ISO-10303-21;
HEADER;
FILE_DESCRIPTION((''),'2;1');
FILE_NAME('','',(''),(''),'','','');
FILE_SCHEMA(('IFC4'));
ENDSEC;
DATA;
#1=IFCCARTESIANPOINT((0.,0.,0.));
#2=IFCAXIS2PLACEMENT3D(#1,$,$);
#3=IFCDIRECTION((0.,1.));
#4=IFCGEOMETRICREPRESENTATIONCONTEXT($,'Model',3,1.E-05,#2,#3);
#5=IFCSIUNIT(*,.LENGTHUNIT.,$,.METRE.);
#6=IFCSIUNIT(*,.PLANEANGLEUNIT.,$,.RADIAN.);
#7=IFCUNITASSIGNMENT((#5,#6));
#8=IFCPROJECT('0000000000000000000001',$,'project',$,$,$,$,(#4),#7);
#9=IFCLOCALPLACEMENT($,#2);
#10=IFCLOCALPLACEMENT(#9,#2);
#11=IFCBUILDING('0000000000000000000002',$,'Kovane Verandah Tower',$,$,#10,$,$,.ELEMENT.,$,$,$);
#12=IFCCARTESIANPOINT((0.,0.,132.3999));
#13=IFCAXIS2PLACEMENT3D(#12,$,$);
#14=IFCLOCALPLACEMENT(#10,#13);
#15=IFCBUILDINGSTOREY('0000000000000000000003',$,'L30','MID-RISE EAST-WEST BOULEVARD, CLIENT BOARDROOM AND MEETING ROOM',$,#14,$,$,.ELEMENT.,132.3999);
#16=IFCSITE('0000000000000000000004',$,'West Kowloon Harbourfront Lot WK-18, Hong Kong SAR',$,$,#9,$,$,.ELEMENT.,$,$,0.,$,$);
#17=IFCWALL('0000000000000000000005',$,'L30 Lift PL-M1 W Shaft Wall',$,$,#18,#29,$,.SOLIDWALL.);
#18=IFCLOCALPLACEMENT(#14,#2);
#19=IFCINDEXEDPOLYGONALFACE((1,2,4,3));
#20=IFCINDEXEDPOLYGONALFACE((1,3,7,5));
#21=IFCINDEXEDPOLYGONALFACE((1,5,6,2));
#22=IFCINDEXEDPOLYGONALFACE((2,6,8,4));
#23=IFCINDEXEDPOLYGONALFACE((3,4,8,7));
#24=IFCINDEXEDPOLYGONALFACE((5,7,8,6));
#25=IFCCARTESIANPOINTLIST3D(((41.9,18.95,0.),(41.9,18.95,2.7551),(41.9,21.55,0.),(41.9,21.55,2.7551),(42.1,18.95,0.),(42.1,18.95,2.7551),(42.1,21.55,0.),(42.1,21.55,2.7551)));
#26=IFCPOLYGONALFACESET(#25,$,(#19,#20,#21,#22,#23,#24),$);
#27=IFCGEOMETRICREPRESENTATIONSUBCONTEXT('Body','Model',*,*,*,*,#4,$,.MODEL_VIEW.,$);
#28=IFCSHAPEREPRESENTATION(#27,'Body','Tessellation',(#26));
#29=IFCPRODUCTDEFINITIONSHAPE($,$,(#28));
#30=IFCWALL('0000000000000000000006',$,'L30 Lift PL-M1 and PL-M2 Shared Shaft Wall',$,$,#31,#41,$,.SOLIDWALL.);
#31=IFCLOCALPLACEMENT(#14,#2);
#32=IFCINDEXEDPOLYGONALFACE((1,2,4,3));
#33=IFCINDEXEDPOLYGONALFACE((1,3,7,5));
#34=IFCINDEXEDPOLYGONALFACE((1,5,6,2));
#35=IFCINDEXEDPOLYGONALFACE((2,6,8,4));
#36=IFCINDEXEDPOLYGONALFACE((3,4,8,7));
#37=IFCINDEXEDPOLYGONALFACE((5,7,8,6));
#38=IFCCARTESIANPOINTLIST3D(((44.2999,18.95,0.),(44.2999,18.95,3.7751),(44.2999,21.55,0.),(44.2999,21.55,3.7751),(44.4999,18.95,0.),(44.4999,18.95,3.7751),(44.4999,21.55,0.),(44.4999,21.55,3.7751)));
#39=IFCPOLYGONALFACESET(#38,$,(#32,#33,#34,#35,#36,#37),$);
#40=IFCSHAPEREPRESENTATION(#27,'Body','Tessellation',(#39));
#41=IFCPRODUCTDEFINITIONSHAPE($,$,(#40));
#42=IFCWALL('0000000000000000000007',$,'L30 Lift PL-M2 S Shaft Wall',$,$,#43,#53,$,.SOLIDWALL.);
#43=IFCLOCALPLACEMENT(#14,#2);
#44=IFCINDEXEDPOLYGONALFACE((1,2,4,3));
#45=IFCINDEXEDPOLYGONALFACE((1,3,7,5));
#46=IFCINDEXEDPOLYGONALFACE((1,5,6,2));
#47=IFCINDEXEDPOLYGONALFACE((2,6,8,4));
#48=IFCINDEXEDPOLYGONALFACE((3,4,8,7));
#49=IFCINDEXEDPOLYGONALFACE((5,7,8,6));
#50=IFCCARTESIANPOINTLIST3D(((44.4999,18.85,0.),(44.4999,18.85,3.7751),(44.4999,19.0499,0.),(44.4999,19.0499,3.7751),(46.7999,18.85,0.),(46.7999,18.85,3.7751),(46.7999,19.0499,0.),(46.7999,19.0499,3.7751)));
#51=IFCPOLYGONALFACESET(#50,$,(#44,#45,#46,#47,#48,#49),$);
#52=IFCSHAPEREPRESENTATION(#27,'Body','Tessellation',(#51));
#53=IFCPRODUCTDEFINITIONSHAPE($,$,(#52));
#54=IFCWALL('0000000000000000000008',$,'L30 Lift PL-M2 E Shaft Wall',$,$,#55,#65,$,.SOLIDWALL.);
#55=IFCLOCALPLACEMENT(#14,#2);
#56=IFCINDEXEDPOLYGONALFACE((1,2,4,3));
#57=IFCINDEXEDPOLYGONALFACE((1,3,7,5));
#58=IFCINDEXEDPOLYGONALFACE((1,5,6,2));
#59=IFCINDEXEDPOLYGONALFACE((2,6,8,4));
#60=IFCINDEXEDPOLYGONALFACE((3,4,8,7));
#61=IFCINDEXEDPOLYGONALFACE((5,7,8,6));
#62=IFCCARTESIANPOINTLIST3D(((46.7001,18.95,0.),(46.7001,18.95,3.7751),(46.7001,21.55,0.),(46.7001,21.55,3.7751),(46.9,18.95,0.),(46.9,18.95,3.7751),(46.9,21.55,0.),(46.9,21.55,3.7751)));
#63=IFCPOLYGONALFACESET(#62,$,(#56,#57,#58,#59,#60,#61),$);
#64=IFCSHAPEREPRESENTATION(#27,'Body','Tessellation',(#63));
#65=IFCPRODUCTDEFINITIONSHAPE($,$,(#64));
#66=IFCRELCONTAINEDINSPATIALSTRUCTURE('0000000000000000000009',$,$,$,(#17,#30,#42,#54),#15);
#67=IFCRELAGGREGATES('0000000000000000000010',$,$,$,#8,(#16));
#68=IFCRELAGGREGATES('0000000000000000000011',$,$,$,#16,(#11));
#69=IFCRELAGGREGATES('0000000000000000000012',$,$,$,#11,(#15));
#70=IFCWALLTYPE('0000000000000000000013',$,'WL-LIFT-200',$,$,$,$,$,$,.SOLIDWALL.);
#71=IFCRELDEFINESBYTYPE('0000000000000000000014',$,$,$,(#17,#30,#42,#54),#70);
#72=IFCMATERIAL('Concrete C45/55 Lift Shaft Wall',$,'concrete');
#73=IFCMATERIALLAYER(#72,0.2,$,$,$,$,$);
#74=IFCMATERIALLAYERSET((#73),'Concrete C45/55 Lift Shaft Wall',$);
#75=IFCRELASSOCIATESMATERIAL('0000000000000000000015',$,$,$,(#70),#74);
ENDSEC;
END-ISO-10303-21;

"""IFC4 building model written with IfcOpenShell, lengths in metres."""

from ifc_helpers import new_model, si_unit, direction, frame, frame_2d, origin, place, context, subcontext, project, spatial, rectangle, extrude, material, layer, layer_set, type_object, element, save


model = new_model("IFC4")

# Units and contexts
model_context = context("Model", 3, precision=1e-05, world=origin(), true_north=direction((0.0, 1.0)))
body_context = subcontext(model_context, "Body", "Model", "MODEL_VIEW")
ifc_project = project(units=[si_unit("LENGTHUNIT", "METRE"), si_unit("PLANEANGLEUNIT", "RADIAN")], contexts=[model_context])

# Site, building, storey
site_placement = place(None, origin())
site = spatial("IfcSite", under=ifc_project, at=site_placement, Name="West Kowloon Harbourfront Lot WK-18, Hong Kong SAR", CompositionType="ELEMENT", RefElevation=0.0)
building_placement = place(site_placement, origin())
building = spatial("IfcBuilding", under=site, at=building_placement, Name="Kovane Verandah Tower", CompositionType="ELEMENT")
storey_placement = place(building_placement, frame((0.0, 0.0, 132.3999)))
storey = spatial("IfcBuildingStorey", under=building, at=storey_placement, Name="L30", Description="MID-RISE EAST-WEST BOULEVARD, CLIENT BOARDROOM AND MEETING ROOM", CompositionType="ELEMENT", Elevation=132.3999)

# Shared definitions
ifc_material_1 = material(Name="Concrete C45/55 Lift Shaft Wall", Category="concrete")
ifc_layer_1 = layer(ifc_material_1, 0.2)
ifc_layer_set_1 = layer_set([ifc_layer_1], Name="Concrete C45/55 Lift Shaft Wall")
wall_type_1 = type_object("IfcWallType", Name="WL-LIFT-200", PredefinedType="SOLIDWALL", material=ifc_layer_set_1)

# Walls
wall_1_placement = place(storey_placement, frame((42.0, 21.55, 0.0), z_axis=(0.0, 0.0, 1.0), x_axis=(0.0, -1.0, 0.0)))
element("IfcWall", 1, at=wall_1_placement, inside=storey, type_object=wall_type_1, Name="L30 Lift PL-M1 W Shaft Wall", PredefinedType="SOLIDWALL", context=body_context, shape_type="SweptSolid", body=[
    extrude(rectangle(XDim=2.6001, YDim=0.2, at=frame_2d((1.3, 0.0))), origin(), (0.0, 0.0, 1.0), 2.7551),
])
wall_2_placement = place(storey_placement, frame((44.3999, 18.95, 0.0), z_axis=(0.0, 0.0, 1.0), x_axis=(0.0, 1.0, 0.0)))
element("IfcWall", 2, at=wall_2_placement, inside=storey, type_object=wall_type_1, Name="L30 Lift PL-M1 and PL-M2 Shared Shaft Wall", PredefinedType="SOLIDWALL", context=body_context, shape_type="SweptSolid", body=[
    extrude(rectangle(XDim=2.6001, YDim=0.2, at=frame_2d((1.3, 0.0))), origin(), (0.0, 0.0, 1.0), 3.7751),
])
wall_3_placement = place(storey_placement, frame((44.5, 18.95, 0.0), z_axis=(0.0, 0.0, 1.0), x_axis=(1.0, 0.0, 0.0)))
element("IfcWall", 3, at=wall_3_placement, inside=storey, type_object=wall_type_1, Name="L30 Lift PL-M2 S Shaft Wall", PredefinedType="SOLIDWALL", context=body_context, shape_type="SweptSolid", body=[
    extrude(rectangle(XDim=2.3, YDim=0.2, at=frame_2d((1.1499, 0.0))), origin(), (0.0, 0.0, 1.0), 3.7751),
])

# Wall
wall_4_placement = place(storey_placement, frame((46.8, 18.95, 0.0), z_axis=(0.0, 0.0, 1.0), x_axis=(0.0, 1.0, 0.0)))
element("IfcWall", 4, at=wall_4_placement, inside=storey, type_object=wall_type_1, Name="L30 Lift PL-M2 E Shaft Wall", PredefinedType="SOLIDWALL", context=body_context, shape_type="SweptSolid", body=[
    extrude(rectangle(XDim=2.6001, YDim=0.2, at=frame_2d((1.3, 0.0))), origin(), (0.0, 0.0, 1.0), 3.7751),
])

save(model, "model.ifc")
